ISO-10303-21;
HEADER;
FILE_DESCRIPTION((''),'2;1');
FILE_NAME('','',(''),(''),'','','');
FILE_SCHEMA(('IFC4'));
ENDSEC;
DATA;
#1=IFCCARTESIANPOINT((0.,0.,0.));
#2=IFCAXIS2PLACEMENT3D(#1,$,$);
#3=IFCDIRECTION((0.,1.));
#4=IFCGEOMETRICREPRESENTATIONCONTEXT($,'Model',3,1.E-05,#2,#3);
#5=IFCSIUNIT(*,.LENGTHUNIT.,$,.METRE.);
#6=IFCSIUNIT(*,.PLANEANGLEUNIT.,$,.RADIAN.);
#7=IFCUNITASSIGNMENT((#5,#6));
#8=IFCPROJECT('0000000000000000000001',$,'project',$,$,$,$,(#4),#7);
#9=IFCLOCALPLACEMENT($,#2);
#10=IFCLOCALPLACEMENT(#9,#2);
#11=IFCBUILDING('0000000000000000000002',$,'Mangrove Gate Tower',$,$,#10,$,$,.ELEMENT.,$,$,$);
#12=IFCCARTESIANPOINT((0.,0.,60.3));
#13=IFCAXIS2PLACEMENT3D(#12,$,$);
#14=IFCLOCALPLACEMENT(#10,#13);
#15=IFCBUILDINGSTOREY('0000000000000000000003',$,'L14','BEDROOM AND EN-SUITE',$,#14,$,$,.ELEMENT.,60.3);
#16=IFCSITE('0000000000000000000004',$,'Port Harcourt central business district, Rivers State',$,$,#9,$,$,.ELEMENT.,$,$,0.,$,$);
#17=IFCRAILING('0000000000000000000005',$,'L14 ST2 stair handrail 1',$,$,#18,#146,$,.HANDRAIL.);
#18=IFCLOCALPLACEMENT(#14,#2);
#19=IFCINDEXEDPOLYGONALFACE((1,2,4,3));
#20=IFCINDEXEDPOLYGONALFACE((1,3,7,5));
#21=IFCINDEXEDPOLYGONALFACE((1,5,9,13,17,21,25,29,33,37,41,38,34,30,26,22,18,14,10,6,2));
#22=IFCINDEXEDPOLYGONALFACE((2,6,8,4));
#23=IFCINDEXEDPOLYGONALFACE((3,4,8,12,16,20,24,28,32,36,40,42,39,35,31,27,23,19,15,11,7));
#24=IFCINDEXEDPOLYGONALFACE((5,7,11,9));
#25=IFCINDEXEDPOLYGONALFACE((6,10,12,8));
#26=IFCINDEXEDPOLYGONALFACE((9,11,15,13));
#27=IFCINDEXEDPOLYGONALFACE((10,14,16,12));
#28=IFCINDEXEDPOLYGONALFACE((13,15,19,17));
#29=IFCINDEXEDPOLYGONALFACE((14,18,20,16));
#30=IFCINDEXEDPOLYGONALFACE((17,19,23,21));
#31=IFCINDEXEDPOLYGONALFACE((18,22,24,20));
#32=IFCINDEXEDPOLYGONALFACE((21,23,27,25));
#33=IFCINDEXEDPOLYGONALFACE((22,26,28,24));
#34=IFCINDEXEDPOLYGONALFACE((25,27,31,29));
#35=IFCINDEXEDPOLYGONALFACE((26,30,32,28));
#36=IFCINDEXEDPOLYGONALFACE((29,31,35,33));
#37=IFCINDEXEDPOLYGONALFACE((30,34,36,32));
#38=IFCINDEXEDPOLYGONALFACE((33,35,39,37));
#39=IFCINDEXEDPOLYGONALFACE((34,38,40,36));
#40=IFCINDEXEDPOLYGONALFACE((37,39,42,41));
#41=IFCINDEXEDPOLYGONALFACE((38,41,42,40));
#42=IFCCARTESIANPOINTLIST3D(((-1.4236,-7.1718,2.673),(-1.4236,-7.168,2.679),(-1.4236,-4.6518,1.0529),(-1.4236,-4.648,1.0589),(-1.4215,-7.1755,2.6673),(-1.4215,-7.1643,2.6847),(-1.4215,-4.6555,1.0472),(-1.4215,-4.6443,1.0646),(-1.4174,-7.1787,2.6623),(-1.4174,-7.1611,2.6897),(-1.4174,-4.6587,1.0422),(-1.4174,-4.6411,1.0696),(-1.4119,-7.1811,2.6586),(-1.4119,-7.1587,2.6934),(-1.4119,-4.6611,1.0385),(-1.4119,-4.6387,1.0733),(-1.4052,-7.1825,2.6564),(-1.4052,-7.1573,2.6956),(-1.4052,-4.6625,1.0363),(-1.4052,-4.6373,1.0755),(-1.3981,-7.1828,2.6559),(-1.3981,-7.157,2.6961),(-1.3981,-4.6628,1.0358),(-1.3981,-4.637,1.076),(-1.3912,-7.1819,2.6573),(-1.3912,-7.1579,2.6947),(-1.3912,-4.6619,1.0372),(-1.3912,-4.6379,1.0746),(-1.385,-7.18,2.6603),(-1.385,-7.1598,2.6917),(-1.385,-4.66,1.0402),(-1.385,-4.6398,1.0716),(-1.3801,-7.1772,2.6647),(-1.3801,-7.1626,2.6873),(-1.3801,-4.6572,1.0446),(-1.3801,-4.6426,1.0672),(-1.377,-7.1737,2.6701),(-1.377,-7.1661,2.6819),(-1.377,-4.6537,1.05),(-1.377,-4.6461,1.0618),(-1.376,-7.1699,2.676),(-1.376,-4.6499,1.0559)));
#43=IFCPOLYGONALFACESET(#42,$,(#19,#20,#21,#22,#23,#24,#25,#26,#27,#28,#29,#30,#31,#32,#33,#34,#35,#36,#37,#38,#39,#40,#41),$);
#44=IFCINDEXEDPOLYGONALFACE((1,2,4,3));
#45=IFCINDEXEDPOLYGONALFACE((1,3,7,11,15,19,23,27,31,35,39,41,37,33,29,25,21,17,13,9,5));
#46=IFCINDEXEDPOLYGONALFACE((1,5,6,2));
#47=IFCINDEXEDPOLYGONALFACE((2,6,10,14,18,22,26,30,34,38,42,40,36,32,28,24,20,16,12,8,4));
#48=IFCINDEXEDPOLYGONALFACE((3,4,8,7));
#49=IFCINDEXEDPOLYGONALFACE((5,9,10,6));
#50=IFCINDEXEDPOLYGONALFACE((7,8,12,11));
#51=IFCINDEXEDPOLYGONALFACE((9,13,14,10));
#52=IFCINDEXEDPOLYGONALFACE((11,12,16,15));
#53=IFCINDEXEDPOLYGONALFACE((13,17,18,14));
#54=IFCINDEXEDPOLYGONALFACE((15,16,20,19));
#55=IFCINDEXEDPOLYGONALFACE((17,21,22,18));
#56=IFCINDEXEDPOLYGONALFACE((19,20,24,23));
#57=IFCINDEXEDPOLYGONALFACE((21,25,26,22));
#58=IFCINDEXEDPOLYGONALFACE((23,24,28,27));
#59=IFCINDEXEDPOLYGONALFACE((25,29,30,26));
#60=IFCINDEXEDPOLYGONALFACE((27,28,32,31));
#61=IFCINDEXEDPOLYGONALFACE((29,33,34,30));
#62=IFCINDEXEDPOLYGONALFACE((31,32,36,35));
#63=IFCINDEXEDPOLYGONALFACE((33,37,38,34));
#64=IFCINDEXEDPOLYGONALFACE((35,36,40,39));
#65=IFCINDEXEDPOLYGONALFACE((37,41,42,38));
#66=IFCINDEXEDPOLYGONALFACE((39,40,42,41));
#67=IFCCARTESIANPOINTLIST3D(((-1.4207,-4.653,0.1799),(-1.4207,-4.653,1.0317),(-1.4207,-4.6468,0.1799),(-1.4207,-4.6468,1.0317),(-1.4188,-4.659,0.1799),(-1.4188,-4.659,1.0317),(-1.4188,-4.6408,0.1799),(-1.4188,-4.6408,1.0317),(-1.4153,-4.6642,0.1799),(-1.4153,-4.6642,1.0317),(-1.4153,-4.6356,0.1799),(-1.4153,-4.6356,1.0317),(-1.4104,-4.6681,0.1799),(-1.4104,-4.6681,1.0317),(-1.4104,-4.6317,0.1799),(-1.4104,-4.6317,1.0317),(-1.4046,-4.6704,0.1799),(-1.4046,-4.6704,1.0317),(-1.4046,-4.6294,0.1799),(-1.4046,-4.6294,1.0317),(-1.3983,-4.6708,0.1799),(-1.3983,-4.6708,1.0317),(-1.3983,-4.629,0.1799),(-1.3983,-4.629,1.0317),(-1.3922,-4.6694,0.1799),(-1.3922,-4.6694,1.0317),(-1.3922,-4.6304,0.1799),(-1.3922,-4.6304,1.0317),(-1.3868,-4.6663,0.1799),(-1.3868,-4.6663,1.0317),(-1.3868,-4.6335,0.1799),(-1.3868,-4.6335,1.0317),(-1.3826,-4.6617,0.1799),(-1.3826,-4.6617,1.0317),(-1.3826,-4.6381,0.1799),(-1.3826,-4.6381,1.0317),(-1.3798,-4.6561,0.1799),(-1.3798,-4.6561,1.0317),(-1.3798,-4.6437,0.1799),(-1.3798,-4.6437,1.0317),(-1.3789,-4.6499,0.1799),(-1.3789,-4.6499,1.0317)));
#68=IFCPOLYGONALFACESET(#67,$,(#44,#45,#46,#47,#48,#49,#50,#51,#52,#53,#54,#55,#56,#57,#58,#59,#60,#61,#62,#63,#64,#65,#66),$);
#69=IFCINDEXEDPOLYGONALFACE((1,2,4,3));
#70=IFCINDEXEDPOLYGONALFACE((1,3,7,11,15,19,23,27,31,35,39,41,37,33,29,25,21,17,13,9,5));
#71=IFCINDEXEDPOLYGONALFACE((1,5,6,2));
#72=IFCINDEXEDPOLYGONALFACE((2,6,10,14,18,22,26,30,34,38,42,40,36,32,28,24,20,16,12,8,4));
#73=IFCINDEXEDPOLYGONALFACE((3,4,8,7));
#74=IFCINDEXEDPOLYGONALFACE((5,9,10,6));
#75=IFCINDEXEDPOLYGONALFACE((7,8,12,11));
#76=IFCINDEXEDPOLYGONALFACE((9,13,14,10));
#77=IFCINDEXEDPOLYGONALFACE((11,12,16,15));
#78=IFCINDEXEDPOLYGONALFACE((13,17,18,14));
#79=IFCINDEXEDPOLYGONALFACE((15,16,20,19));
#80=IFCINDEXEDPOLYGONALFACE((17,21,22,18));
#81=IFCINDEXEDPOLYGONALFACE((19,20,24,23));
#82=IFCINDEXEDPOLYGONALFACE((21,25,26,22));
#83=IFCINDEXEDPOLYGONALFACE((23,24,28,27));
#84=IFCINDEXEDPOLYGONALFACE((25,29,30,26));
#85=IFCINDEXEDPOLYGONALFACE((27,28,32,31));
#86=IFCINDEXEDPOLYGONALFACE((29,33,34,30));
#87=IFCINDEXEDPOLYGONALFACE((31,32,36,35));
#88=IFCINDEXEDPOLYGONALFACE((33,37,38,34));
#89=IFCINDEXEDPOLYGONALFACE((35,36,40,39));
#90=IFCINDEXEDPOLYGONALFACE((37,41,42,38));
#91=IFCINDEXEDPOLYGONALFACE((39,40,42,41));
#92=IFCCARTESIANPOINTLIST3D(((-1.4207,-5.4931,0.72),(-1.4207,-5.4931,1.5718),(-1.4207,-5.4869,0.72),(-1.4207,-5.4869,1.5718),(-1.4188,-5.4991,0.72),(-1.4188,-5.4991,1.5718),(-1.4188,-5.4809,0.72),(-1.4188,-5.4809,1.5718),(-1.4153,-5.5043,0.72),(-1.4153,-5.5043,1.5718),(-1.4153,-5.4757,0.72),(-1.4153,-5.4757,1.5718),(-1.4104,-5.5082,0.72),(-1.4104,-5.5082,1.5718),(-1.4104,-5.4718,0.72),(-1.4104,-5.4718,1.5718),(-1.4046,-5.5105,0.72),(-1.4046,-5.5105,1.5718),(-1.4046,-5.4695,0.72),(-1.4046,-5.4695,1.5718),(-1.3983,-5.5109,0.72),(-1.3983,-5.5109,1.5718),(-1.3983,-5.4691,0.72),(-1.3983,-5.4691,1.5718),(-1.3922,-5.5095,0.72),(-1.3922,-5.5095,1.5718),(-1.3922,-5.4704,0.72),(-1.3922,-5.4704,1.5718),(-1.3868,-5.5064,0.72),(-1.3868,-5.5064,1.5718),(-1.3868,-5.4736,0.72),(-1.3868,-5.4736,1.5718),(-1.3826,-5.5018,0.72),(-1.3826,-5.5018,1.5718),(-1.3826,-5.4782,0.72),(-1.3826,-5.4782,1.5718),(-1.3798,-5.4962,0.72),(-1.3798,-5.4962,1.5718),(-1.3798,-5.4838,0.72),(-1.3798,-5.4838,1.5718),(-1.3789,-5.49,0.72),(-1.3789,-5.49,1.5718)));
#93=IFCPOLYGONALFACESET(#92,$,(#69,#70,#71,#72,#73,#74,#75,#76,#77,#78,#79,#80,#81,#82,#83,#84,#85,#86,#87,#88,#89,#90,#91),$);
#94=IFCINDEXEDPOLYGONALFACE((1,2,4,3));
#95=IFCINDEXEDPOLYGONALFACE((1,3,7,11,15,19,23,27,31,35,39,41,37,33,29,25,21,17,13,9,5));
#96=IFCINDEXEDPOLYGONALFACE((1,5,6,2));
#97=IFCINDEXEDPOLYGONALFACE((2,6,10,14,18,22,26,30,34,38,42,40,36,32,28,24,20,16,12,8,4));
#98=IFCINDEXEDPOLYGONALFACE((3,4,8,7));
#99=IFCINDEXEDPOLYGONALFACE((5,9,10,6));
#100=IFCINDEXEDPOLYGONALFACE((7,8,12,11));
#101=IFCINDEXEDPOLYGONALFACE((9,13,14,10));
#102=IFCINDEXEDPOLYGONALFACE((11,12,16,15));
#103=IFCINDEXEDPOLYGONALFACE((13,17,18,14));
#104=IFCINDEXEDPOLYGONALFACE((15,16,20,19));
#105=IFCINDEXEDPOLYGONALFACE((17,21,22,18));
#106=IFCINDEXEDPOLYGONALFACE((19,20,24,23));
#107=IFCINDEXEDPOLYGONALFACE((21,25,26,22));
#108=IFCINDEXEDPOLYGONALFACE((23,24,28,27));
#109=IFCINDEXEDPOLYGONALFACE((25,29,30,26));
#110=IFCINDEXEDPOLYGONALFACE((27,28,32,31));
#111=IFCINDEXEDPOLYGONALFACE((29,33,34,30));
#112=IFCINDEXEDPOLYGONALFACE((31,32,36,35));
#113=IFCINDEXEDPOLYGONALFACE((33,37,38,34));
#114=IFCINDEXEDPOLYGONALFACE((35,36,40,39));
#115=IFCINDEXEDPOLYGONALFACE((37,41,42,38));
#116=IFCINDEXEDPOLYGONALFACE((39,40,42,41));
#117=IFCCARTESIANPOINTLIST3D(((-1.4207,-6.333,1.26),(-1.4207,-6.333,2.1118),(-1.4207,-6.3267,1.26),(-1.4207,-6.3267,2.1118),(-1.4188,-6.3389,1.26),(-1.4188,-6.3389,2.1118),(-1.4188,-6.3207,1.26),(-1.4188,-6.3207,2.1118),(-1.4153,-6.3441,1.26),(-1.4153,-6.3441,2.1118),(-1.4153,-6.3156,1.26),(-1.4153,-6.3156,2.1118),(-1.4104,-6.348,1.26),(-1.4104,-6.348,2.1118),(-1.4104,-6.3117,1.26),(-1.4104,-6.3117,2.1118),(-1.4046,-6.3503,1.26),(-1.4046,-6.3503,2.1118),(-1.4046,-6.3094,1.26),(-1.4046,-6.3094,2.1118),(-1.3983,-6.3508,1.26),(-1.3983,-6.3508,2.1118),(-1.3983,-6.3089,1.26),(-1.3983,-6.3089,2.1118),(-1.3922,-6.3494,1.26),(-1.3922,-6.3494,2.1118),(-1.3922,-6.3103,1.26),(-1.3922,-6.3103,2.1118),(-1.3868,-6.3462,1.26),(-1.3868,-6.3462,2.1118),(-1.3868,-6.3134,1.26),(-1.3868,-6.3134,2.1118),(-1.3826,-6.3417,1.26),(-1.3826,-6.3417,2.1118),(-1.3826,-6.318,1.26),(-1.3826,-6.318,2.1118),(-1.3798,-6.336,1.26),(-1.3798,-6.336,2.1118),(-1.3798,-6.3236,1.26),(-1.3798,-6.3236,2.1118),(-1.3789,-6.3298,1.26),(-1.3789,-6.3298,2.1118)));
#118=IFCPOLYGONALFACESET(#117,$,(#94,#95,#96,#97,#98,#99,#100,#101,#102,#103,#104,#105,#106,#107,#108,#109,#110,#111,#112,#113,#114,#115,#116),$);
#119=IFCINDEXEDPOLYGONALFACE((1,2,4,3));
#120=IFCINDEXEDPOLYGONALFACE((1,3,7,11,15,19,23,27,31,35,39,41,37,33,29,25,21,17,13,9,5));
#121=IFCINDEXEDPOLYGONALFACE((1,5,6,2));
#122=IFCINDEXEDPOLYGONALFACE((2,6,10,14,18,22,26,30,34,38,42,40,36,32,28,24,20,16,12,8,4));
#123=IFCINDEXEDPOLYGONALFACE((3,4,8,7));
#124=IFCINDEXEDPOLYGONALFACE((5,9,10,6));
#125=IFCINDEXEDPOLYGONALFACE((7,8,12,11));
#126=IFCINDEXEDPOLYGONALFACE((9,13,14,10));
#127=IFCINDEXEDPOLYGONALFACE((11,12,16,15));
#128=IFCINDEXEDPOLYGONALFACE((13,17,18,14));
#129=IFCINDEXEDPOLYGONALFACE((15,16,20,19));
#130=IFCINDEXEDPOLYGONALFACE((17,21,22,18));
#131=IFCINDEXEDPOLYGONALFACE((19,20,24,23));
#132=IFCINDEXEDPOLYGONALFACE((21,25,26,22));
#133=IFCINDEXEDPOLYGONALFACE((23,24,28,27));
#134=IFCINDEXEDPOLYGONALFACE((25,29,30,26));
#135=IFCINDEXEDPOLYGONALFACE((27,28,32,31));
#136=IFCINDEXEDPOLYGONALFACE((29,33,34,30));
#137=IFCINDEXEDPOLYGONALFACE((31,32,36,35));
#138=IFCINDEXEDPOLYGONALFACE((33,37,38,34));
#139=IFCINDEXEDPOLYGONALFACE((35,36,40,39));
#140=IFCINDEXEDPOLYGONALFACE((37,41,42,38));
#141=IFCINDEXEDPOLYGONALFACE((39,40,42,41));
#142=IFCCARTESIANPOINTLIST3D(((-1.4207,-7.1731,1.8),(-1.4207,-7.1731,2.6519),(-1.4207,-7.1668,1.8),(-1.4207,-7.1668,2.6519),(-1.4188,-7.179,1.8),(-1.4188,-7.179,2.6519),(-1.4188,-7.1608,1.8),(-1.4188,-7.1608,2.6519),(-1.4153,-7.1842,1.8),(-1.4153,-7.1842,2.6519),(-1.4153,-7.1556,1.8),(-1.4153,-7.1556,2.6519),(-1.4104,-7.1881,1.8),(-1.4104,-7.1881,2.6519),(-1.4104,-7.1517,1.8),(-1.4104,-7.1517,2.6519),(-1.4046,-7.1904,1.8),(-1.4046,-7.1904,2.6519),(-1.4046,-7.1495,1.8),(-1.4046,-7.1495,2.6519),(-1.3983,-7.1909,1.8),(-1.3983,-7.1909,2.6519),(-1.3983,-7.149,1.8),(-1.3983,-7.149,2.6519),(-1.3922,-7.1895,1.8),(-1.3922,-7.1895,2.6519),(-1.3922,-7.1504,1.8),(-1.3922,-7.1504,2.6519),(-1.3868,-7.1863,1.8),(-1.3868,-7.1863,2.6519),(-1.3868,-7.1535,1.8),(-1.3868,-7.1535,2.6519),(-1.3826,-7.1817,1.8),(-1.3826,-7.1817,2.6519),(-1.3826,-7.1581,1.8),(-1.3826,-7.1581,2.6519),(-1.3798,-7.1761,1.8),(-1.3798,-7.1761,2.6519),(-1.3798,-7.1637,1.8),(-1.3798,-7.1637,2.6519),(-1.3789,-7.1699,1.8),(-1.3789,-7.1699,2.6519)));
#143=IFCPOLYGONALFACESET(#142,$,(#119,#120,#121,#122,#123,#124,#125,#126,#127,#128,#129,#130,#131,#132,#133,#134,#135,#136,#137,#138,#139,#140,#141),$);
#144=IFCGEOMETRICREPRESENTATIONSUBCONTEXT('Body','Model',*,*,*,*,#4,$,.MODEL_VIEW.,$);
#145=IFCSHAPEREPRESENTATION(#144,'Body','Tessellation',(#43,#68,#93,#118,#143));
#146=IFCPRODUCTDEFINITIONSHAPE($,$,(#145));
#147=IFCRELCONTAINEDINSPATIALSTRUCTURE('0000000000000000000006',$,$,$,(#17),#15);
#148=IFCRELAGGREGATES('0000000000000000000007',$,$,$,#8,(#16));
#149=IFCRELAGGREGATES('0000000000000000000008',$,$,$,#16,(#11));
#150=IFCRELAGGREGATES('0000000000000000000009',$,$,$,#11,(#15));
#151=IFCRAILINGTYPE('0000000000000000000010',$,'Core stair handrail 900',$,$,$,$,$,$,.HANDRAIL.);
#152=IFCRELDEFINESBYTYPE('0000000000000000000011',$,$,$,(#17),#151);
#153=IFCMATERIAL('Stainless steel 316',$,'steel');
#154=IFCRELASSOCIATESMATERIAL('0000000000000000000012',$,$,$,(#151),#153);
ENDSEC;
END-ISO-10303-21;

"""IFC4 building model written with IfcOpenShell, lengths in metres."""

from ifc_helpers import new_model, si_unit, direction, frame, origin, origin_2d, place, context, subcontext, project, spatial, circle, extrude, material, type_object, element, save


model = new_model("IFC4")

# Units and contexts
model_context = context("Model", 3, precision=1e-05, world=origin(), true_north=direction((0.0, 1.0)))
body_context = subcontext(model_context, "Body", "Model", "MODEL_VIEW")
ifc_project = project(units=[si_unit("LENGTHUNIT", "METRE"), si_unit("PLANEANGLEUNIT", "RADIAN")], contexts=[model_context])

# Site, building, storey
site_placement = place(None, origin())
site = spatial("IfcSite", under=ifc_project, at=site_placement, Name="Port Harcourt central business district, Rivers State", CompositionType="ELEMENT", RefElevation=0.0)
building_placement = place(site_placement, origin())
building = spatial("IfcBuilding", under=site, at=building_placement, Name="Mangrove Gate Tower", CompositionType="ELEMENT")
storey_placement = place(building_placement, frame((0.0, 0.0, 60.3)))
storey = spatial("IfcBuildingStorey", under=building, at=storey_placement, Name="L14", Description="BEDROOM AND EN-SUITE", CompositionType="ELEMENT", Elevation=60.3)

# Railing
ifc_material_1 = material(Name="Stainless steel 316", Category="steel")
railing_type_1 = type_object("IfcRailingType", Name="Core stair handrail 900", PredefinedType="HANDRAIL", material=ifc_material_1)
railing_1_placement = place(storey_placement, frame((-1.3999, -4.6499, 0.1799)))
element("IfcRailing", 1, at=railing_1_placement, inside=storey, type_object=railing_type_1, Name="L14 ST2 stair handrail 1", PredefinedType="HANDRAIL", context=body_context, shape_type="SweptSolid", body=[
    extrude(circle(Radius=0.0239, at=origin_2d()), frame((0.0, 0.0, 0.876), z_axis=(0.0, -0.841163, 0.540782), x_axis=(1.0, 0.0, 0.0)), (0.0, 0.0, 1.0), 2.9958),
    extrude(circle(Radius=0.021, at=origin_2d()), origin(), (0.0, 0.0, 1.0), 0.8518),
    extrude(circle(Radius=0.021, at=origin_2d()), frame((0.0, -0.8401, 0.54)), (0.0, 0.0, 1.0), 0.8518),
    extrude(circle(Radius=0.021, at=origin_2d()), frame((0.0, -1.6799, 1.0801)), (0.0, 0.0, 1.0), 0.8518),
    extrude(circle(Radius=0.021, at=origin_2d()), frame((0.0, -2.52, 1.6201)), (0.0, 0.0, 1.0), 0.8518),
])

save(model, "model.ifc")
